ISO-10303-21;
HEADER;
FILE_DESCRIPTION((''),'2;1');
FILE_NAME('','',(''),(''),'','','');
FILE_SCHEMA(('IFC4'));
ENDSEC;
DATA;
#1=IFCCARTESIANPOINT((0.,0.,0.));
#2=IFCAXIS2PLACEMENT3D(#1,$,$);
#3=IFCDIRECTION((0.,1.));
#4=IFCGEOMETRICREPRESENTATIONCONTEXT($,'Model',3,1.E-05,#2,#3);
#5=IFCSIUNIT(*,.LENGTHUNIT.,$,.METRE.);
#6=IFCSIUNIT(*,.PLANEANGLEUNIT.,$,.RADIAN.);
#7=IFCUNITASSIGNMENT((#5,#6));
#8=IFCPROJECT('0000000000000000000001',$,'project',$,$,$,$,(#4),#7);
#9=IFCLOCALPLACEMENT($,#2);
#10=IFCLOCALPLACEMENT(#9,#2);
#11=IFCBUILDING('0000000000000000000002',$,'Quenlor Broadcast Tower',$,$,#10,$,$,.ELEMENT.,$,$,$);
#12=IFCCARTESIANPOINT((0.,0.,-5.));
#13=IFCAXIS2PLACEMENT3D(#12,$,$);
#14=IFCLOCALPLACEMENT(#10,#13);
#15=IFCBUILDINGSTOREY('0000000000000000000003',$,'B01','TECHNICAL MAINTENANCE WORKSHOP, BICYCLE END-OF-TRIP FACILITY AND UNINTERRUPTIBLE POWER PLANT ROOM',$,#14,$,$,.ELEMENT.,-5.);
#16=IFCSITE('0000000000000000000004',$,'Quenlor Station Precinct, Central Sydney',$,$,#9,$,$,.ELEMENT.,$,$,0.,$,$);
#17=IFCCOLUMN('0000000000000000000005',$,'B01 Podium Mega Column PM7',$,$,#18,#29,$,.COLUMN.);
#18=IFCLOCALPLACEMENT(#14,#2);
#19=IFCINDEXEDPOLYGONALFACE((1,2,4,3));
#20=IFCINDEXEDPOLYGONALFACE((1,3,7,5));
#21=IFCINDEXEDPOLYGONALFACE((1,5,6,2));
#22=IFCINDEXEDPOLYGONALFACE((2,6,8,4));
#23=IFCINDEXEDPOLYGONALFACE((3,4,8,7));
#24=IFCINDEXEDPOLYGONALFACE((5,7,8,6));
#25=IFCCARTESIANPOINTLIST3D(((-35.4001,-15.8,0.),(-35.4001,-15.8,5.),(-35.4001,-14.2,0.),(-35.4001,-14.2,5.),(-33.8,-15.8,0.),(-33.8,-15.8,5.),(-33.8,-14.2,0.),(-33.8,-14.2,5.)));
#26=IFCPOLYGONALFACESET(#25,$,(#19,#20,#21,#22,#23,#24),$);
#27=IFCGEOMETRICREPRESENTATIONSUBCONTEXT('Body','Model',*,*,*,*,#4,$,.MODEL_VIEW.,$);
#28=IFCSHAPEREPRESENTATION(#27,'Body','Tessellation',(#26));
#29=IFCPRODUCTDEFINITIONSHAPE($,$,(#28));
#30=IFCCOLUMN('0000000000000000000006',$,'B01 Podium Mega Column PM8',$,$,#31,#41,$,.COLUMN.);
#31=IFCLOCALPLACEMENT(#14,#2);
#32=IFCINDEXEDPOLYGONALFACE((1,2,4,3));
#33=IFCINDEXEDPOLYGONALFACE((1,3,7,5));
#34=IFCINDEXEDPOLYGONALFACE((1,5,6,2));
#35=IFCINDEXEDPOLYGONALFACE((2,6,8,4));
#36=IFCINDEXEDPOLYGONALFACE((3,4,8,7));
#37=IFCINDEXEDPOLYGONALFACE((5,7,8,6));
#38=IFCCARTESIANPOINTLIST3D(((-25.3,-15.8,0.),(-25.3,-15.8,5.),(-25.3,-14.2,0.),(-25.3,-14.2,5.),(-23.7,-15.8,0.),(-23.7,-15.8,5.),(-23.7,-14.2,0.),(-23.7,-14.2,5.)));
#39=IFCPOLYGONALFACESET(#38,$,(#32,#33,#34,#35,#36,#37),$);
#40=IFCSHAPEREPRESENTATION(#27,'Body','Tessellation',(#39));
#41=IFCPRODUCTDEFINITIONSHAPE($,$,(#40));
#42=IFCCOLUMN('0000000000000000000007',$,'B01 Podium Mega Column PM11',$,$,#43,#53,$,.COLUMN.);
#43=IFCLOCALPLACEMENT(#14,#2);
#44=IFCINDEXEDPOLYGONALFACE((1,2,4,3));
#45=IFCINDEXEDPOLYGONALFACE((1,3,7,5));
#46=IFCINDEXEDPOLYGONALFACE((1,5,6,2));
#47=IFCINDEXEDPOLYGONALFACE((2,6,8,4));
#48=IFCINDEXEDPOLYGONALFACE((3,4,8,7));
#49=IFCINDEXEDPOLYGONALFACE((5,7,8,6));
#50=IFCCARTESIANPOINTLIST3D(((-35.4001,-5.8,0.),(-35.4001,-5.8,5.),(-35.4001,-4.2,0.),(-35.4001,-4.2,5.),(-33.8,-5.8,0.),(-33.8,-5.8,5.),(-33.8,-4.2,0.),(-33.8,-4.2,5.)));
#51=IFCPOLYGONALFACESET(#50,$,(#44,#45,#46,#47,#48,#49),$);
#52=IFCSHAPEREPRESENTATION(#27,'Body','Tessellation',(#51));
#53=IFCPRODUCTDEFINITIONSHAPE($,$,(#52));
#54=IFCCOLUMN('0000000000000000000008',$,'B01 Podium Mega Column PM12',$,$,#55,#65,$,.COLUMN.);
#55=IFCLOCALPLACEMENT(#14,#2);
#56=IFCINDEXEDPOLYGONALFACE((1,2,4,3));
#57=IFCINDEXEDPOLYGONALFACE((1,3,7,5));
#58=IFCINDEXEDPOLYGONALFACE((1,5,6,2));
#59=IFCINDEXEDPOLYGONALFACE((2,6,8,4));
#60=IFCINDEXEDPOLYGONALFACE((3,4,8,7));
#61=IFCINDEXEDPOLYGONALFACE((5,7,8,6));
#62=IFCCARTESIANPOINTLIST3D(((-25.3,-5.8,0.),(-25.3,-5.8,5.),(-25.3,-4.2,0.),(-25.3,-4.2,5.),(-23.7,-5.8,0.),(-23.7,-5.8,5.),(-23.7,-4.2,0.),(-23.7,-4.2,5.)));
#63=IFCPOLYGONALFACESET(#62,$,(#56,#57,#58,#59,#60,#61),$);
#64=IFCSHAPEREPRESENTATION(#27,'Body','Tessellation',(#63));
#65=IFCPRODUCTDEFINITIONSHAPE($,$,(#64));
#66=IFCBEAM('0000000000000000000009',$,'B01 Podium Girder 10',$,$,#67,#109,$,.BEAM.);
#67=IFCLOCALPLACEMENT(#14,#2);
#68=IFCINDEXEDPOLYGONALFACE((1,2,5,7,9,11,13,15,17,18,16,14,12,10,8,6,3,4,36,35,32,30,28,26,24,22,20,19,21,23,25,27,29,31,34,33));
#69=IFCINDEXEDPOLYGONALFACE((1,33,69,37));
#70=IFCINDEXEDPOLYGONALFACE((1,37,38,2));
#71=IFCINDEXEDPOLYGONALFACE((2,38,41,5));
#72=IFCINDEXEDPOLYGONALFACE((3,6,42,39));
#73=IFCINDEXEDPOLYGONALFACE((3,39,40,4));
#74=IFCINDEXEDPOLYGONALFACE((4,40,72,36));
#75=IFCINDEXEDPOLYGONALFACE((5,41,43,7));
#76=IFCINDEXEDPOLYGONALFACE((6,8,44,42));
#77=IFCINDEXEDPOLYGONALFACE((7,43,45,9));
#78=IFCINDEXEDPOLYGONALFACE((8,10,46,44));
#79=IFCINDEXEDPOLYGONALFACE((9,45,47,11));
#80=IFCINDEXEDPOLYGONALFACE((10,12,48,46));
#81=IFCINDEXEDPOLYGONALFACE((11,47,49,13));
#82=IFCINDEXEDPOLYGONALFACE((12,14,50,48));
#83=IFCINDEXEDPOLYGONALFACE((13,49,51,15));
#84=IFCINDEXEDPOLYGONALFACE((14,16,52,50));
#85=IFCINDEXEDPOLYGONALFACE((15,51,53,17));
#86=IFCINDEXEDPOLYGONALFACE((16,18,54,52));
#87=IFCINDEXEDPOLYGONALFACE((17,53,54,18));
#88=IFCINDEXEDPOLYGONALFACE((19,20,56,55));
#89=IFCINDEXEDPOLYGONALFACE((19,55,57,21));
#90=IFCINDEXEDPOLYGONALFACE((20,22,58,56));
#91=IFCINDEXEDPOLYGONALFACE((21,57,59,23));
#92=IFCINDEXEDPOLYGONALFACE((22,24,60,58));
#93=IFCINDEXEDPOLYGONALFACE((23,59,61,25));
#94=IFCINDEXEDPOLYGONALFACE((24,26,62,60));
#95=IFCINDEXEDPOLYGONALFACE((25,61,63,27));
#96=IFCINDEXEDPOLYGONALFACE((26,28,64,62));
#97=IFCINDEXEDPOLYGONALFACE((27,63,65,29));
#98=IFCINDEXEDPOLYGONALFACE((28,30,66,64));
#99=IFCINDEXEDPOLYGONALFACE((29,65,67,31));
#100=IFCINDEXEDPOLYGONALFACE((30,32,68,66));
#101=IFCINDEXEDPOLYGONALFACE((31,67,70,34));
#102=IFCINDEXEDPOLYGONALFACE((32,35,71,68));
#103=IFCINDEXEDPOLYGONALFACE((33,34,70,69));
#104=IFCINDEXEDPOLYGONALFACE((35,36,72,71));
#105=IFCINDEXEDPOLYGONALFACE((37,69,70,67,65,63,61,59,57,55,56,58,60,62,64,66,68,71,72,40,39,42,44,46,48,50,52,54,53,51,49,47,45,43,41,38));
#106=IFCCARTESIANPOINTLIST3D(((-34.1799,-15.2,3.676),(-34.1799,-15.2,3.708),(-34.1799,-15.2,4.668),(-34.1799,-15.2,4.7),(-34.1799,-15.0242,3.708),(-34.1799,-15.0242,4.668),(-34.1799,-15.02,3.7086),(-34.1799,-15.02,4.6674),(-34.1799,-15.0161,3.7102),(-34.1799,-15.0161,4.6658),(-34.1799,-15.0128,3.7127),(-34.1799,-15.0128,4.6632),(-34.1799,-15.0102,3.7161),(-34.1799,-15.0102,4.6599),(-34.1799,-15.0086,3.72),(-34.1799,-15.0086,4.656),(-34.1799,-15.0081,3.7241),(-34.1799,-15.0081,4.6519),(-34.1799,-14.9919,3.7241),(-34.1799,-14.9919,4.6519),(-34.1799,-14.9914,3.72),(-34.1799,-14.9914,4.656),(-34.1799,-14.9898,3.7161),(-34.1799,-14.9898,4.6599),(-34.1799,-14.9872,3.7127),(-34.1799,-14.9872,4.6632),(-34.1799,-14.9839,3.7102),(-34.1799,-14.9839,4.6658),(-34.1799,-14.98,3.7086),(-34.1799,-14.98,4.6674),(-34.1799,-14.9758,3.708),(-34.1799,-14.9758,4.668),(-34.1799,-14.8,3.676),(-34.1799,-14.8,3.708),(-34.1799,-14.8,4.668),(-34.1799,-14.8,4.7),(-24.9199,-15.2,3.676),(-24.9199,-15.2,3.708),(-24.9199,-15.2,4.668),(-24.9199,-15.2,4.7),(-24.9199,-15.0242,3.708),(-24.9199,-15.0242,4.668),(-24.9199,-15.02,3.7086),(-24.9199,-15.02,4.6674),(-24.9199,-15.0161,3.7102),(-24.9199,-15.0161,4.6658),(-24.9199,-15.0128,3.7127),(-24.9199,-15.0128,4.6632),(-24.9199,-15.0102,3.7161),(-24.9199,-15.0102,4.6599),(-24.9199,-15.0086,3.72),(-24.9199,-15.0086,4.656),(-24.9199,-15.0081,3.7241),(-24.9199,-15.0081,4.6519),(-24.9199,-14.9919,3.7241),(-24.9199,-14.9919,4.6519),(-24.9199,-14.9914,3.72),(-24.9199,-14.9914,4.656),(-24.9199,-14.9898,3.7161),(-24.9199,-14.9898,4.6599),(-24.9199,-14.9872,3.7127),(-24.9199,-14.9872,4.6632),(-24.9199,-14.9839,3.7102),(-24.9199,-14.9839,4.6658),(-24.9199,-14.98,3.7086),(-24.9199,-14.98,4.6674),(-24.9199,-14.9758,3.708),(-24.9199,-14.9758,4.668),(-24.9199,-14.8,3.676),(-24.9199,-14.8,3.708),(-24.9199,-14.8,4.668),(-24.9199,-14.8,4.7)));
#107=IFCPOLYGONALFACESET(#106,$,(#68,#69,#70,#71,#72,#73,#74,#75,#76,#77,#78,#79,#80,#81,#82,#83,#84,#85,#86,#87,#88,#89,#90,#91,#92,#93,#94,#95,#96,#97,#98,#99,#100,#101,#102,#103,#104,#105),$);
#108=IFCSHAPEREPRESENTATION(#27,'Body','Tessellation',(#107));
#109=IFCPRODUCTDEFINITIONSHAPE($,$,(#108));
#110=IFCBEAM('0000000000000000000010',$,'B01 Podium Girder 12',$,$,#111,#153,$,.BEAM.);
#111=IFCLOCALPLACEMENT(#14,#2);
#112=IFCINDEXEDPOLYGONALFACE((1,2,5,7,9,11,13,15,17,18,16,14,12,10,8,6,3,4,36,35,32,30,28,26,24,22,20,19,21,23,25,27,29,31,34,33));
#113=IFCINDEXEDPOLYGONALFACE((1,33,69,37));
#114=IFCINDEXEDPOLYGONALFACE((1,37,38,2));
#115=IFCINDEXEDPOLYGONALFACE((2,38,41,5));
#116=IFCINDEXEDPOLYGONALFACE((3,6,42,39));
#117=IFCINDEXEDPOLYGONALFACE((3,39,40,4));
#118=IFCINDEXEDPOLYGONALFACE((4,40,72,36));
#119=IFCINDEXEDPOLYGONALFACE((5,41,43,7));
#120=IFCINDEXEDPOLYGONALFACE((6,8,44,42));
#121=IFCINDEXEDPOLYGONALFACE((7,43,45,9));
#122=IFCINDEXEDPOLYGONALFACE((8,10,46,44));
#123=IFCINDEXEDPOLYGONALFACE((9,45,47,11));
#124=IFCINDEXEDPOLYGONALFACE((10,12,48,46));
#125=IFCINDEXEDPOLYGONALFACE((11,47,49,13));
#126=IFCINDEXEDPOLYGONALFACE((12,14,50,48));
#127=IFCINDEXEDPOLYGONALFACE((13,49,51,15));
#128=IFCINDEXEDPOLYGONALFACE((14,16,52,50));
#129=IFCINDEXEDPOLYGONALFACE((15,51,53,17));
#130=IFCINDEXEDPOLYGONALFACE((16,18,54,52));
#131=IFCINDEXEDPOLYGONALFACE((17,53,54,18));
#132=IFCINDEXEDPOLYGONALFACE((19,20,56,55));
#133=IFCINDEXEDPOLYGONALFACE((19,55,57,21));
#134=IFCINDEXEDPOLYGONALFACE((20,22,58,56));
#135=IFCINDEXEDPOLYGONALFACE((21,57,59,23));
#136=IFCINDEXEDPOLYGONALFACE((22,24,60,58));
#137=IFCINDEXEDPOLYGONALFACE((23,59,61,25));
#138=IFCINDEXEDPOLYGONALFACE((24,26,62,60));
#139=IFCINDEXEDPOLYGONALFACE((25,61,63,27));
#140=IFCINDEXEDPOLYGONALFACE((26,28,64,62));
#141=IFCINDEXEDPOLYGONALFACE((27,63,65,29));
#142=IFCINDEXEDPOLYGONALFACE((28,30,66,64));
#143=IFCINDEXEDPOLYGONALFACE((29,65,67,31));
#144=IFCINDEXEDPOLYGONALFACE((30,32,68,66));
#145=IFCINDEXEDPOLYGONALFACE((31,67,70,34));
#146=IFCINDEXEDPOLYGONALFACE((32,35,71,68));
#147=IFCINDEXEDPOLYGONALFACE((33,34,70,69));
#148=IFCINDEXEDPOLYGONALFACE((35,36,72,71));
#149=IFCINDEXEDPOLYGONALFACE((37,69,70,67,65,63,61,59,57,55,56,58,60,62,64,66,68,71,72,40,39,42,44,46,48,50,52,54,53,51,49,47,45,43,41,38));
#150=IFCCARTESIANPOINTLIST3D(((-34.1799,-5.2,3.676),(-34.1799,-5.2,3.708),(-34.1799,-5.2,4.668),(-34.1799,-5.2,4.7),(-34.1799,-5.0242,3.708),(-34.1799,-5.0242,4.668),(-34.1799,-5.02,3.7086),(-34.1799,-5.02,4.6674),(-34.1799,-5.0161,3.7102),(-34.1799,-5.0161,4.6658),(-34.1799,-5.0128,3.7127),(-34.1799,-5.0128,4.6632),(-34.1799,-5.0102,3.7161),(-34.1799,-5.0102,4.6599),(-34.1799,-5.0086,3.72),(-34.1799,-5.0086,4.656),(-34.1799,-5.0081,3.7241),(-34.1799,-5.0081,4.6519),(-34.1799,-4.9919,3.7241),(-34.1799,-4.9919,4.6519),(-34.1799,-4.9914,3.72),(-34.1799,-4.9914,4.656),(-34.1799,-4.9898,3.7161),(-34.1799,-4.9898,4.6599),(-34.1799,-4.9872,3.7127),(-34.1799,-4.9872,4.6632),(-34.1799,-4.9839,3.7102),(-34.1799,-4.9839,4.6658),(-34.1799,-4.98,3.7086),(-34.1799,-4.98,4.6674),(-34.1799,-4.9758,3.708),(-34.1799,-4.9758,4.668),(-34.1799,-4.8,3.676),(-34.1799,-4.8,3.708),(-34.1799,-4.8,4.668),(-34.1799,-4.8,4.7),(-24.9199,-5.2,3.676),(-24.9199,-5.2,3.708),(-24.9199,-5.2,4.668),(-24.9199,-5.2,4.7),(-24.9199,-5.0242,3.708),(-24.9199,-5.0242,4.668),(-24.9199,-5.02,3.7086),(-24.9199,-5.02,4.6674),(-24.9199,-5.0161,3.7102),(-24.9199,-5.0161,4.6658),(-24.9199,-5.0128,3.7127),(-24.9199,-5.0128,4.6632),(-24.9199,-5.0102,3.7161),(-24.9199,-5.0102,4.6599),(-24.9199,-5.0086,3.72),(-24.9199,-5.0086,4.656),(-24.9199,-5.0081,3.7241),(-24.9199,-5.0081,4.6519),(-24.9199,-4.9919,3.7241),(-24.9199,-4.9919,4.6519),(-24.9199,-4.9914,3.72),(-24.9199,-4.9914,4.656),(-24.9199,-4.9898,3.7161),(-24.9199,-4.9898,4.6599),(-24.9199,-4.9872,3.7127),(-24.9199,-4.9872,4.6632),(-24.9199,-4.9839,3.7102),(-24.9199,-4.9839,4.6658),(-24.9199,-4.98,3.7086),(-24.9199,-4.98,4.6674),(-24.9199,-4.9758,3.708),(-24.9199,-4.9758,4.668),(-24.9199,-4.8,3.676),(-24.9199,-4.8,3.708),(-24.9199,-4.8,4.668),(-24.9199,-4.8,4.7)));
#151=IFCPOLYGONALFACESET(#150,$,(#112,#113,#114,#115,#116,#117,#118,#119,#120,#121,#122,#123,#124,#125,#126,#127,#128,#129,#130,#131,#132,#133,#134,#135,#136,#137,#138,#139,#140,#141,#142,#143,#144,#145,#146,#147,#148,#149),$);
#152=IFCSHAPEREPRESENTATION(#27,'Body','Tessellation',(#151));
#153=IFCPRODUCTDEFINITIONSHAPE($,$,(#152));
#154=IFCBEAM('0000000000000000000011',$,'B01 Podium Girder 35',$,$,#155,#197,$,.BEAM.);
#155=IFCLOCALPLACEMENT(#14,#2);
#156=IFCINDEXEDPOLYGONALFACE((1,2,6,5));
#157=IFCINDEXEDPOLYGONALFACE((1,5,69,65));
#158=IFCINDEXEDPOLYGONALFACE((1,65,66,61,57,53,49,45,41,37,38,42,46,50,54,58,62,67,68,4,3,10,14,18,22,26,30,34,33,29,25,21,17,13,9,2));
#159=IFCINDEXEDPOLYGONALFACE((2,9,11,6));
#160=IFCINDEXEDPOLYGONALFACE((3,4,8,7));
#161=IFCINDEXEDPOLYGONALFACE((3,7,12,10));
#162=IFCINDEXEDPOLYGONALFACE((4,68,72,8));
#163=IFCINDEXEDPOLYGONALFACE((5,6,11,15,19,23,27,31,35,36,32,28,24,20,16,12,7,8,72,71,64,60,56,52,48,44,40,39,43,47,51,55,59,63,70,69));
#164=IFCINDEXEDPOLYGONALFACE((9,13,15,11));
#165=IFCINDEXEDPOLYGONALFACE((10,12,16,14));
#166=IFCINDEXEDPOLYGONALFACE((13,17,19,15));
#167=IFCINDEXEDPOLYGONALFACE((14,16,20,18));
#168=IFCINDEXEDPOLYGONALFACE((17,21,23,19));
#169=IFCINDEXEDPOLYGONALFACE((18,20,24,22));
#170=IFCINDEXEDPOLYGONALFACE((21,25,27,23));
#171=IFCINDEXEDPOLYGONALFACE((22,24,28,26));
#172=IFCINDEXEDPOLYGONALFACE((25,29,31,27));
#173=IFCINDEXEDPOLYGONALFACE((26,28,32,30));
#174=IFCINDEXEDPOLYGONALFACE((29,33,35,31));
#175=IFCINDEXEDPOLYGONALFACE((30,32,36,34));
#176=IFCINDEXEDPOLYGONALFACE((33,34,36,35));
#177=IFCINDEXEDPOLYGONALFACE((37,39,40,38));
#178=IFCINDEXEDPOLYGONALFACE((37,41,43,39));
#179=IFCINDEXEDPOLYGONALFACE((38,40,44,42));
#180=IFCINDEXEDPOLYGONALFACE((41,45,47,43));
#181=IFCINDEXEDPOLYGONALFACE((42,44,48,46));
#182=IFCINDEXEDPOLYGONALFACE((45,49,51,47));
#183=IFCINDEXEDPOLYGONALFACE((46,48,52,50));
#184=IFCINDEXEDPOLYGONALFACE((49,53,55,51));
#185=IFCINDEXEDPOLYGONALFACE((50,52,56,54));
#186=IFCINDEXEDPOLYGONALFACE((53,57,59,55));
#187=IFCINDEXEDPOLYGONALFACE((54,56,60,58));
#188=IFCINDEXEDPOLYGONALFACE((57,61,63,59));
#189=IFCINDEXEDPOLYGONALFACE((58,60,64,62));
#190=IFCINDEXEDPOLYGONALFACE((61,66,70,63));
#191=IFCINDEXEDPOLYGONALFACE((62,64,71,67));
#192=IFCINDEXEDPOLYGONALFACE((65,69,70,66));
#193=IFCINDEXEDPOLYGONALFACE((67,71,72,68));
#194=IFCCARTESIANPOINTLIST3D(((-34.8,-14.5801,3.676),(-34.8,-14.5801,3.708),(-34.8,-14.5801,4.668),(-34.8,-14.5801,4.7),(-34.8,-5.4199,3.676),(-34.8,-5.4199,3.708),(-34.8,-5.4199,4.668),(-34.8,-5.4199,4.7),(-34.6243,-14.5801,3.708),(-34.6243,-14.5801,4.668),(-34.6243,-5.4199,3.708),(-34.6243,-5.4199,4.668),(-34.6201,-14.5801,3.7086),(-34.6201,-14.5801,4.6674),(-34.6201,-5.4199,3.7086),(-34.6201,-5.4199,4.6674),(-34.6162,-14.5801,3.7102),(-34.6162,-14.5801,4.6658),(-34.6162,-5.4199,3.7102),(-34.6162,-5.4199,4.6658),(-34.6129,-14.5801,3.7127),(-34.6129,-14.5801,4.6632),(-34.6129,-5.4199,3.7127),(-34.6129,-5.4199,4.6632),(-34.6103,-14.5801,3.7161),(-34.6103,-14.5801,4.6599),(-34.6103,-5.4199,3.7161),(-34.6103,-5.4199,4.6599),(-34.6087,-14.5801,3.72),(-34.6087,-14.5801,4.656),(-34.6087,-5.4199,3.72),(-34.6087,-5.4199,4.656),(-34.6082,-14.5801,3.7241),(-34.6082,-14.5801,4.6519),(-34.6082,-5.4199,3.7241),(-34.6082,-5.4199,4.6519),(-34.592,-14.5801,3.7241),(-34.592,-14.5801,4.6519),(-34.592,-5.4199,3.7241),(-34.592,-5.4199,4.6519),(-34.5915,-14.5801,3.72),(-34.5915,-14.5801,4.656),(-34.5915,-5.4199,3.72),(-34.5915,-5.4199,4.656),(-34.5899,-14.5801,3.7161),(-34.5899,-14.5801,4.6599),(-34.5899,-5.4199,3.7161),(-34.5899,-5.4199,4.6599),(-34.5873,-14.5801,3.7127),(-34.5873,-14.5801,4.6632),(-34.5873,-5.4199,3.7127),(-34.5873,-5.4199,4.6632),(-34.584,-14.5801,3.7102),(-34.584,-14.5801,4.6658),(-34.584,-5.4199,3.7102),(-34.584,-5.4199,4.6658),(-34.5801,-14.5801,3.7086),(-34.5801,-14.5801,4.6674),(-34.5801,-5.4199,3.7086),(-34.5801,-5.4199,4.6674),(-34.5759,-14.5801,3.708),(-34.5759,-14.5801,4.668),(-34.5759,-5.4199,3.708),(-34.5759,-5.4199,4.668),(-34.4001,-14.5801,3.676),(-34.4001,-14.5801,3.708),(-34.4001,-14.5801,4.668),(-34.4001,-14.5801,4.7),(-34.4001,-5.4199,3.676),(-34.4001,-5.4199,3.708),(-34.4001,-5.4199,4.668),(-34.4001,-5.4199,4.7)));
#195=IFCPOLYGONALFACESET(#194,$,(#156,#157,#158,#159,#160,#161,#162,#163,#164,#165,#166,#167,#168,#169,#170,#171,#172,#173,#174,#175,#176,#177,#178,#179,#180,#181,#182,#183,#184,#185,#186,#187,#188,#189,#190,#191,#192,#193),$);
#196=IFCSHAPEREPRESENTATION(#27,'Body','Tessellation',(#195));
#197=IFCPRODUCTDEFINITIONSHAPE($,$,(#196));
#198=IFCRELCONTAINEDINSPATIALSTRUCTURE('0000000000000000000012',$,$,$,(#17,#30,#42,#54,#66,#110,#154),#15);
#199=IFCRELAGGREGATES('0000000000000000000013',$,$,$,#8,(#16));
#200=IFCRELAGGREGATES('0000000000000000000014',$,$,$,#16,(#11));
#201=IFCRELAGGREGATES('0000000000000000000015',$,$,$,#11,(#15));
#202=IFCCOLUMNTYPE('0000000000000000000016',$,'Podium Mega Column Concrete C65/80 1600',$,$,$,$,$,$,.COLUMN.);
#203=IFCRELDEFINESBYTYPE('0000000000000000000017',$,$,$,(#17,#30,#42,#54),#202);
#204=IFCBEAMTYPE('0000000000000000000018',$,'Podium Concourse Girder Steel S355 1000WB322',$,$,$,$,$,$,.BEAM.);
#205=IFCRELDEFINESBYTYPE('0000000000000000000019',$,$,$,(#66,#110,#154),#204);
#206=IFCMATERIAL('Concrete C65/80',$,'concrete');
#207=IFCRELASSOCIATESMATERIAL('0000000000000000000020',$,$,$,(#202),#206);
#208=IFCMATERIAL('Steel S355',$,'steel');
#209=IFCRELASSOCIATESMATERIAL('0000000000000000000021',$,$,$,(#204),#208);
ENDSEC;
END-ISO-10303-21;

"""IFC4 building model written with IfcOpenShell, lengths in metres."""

from ifc_helpers import new_model, si_unit, direction, frame, origin, origin_2d, place, context, subcontext, project, spatial, rectangle, i_section, extrude, material, material_profile, profile_set, type_object, element, save


model = new_model("IFC4")

# Units and contexts
model_context = context("Model", 3, precision=1e-05, world=origin(), true_north=direction((0.0, 1.0)))
body_context = subcontext(model_context, "Body", "Model", "MODEL_VIEW")
ifc_project = project(units=[si_unit("LENGTHUNIT", "METRE"), si_unit("PLANEANGLEUNIT", "RADIAN")], contexts=[model_context])

# Site, building, storey
site_placement = place(None, origin())
site = spatial("IfcSite", under=ifc_project, at=site_placement, Name="Quenlor Station Precinct, Central Sydney", CompositionType="ELEMENT", RefElevation=0.0)
building_placement = place(site_placement, origin())
building = spatial("IfcBuilding", under=site, at=building_placement, Name="Quenlor Broadcast Tower", CompositionType="ELEMENT")
storey_placement = place(building_placement, frame((0.0, 0.0, -5.0)))
storey = spatial("IfcBuildingStorey", under=building, at=storey_placement, Name="B01", Description="TECHNICAL MAINTENANCE WORKSHOP, BICYCLE END-OF-TRIP FACILITY AND UNINTERRUPTIBLE POWER PLANT ROOM", CompositionType="ELEMENT", Elevation=-5.0)

# Columns
ifc_material_1 = material(Name="Concrete C65/80", Category="concrete")
ifc_material_profile_1 = material_profile(ifc_material_1, rectangle(XDim=1.6001, YDim=1.6001, at=origin_2d()))
ifc_profile_set_1 = profile_set([ifc_material_profile_1], Name="Concrete C65/80 RC1600x1600")
column_type = type_object("IfcColumnType", Name="Podium Mega Column Concrete C65/80 1600", PredefinedType="COLUMN", material=ifc_profile_set_1)
for number, where, z_axis, x_axis, name in (
    (1, (-34.6001, -15.0, 0.0), (0.0, 0.0, 1.0), (1.0, 0.0, 0.0), "B01 Podium Mega Column PM7"),
    (2, (-24.5, -15.0, 0.0), (0.0, 0.0, 1.0), (1.0, 0.0, 0.0), "B01 Podium Mega Column PM8"),
    (3, (-34.6001, -5.0, 0.0), (0.0, 0.0, 1.0), (1.0, 0.0, 0.0), "B01 Podium Mega Column PM11"),
    (4, (-24.5, -5.0, 0.0), (0.0, 0.0, 1.0), (1.0, 0.0, 0.0), "B01 Podium Mega Column PM12"),
):
    element("IfcColumn", number, at=place(storey_placement, frame(where, z_axis=z_axis, x_axis=x_axis)), inside=storey, type_object=column_type, Name=name, PredefinedType="COLUMN", context=body_context, shape_type="SweptSolid", body=[
        extrude(rectangle(XDim=1.6001, YDim=1.6001, at=origin_2d()), origin(), (0.0, 0.0, 1.0), 5.0),
    ])

# Beams
ifc_material_2 = material(Name="Steel S355", Category="steel")
ifc_material_profile_2 = material_profile(ifc_material_2, i_section(OverallWidth=0.3999, OverallDepth=1.0239, WebThickness=0.0161, FlangeThickness=0.032, FilletRadius=0.0161, at=origin_2d()))
ifc_profile_set_2 = profile_set([ifc_material_profile_2], Name="Steel S355 1000WB322")
beam_type_1 = type_object("IfcBeamType", Name="Podium Concourse Girder Steel S355 1000WB322", PredefinedType="BEAM", material=ifc_profile_set_2)
for number, where, z_axis, x_axis, name in (
    (5, (-34.1799, -15.0, 4.188), (1.0, 0.0, 0.0), (0.0, 1.0, 0.0), "B01 Podium Girder 10"),
    (6, (-34.1799, -5.0, 4.188), (1.0, 0.0, 0.0), (0.0, 1.0, 0.0), "B01 Podium Girder 12"),
):
    element("IfcBeam", number, at=place(storey_placement, frame(where, z_axis=z_axis, x_axis=x_axis)), inside=storey, type_object=beam_type_1, Name=name, PredefinedType="BEAM", context=body_context, shape_type="SweptSolid", body=[
        extrude(i_section(OverallWidth=0.3999, OverallDepth=1.0239, WebThickness=0.0161, FlangeThickness=0.032, FilletRadius=0.0161, at=origin_2d()), origin(), (0.0, 0.0, 1.0), 9.26),
    ])
for number, where, z_axis, x_axis, name in (
    (7, (-34.6001, -14.5801, 4.188), (0.0, 1.0, 0.0), (-1.0, 0.0, 0.0), "B01 Podium Girder 35"),
):
    element("IfcBeam", number, at=place(storey_placement, frame(where, z_axis=z_axis, x_axis=x_axis)), inside=storey, type_object=beam_type_1, Name=name, PredefinedType="BEAM", context=body_context, shape_type="SweptSolid", body=[
        extrude(i_section(OverallWidth=0.3999, OverallDepth=1.0239, WebThickness=0.0161, FlangeThickness=0.032, FilletRadius=0.0161, at=origin_2d()), origin(), (0.0, 0.0, 1.0), 9.1602),
    ])

save(model, "model.ifc")
